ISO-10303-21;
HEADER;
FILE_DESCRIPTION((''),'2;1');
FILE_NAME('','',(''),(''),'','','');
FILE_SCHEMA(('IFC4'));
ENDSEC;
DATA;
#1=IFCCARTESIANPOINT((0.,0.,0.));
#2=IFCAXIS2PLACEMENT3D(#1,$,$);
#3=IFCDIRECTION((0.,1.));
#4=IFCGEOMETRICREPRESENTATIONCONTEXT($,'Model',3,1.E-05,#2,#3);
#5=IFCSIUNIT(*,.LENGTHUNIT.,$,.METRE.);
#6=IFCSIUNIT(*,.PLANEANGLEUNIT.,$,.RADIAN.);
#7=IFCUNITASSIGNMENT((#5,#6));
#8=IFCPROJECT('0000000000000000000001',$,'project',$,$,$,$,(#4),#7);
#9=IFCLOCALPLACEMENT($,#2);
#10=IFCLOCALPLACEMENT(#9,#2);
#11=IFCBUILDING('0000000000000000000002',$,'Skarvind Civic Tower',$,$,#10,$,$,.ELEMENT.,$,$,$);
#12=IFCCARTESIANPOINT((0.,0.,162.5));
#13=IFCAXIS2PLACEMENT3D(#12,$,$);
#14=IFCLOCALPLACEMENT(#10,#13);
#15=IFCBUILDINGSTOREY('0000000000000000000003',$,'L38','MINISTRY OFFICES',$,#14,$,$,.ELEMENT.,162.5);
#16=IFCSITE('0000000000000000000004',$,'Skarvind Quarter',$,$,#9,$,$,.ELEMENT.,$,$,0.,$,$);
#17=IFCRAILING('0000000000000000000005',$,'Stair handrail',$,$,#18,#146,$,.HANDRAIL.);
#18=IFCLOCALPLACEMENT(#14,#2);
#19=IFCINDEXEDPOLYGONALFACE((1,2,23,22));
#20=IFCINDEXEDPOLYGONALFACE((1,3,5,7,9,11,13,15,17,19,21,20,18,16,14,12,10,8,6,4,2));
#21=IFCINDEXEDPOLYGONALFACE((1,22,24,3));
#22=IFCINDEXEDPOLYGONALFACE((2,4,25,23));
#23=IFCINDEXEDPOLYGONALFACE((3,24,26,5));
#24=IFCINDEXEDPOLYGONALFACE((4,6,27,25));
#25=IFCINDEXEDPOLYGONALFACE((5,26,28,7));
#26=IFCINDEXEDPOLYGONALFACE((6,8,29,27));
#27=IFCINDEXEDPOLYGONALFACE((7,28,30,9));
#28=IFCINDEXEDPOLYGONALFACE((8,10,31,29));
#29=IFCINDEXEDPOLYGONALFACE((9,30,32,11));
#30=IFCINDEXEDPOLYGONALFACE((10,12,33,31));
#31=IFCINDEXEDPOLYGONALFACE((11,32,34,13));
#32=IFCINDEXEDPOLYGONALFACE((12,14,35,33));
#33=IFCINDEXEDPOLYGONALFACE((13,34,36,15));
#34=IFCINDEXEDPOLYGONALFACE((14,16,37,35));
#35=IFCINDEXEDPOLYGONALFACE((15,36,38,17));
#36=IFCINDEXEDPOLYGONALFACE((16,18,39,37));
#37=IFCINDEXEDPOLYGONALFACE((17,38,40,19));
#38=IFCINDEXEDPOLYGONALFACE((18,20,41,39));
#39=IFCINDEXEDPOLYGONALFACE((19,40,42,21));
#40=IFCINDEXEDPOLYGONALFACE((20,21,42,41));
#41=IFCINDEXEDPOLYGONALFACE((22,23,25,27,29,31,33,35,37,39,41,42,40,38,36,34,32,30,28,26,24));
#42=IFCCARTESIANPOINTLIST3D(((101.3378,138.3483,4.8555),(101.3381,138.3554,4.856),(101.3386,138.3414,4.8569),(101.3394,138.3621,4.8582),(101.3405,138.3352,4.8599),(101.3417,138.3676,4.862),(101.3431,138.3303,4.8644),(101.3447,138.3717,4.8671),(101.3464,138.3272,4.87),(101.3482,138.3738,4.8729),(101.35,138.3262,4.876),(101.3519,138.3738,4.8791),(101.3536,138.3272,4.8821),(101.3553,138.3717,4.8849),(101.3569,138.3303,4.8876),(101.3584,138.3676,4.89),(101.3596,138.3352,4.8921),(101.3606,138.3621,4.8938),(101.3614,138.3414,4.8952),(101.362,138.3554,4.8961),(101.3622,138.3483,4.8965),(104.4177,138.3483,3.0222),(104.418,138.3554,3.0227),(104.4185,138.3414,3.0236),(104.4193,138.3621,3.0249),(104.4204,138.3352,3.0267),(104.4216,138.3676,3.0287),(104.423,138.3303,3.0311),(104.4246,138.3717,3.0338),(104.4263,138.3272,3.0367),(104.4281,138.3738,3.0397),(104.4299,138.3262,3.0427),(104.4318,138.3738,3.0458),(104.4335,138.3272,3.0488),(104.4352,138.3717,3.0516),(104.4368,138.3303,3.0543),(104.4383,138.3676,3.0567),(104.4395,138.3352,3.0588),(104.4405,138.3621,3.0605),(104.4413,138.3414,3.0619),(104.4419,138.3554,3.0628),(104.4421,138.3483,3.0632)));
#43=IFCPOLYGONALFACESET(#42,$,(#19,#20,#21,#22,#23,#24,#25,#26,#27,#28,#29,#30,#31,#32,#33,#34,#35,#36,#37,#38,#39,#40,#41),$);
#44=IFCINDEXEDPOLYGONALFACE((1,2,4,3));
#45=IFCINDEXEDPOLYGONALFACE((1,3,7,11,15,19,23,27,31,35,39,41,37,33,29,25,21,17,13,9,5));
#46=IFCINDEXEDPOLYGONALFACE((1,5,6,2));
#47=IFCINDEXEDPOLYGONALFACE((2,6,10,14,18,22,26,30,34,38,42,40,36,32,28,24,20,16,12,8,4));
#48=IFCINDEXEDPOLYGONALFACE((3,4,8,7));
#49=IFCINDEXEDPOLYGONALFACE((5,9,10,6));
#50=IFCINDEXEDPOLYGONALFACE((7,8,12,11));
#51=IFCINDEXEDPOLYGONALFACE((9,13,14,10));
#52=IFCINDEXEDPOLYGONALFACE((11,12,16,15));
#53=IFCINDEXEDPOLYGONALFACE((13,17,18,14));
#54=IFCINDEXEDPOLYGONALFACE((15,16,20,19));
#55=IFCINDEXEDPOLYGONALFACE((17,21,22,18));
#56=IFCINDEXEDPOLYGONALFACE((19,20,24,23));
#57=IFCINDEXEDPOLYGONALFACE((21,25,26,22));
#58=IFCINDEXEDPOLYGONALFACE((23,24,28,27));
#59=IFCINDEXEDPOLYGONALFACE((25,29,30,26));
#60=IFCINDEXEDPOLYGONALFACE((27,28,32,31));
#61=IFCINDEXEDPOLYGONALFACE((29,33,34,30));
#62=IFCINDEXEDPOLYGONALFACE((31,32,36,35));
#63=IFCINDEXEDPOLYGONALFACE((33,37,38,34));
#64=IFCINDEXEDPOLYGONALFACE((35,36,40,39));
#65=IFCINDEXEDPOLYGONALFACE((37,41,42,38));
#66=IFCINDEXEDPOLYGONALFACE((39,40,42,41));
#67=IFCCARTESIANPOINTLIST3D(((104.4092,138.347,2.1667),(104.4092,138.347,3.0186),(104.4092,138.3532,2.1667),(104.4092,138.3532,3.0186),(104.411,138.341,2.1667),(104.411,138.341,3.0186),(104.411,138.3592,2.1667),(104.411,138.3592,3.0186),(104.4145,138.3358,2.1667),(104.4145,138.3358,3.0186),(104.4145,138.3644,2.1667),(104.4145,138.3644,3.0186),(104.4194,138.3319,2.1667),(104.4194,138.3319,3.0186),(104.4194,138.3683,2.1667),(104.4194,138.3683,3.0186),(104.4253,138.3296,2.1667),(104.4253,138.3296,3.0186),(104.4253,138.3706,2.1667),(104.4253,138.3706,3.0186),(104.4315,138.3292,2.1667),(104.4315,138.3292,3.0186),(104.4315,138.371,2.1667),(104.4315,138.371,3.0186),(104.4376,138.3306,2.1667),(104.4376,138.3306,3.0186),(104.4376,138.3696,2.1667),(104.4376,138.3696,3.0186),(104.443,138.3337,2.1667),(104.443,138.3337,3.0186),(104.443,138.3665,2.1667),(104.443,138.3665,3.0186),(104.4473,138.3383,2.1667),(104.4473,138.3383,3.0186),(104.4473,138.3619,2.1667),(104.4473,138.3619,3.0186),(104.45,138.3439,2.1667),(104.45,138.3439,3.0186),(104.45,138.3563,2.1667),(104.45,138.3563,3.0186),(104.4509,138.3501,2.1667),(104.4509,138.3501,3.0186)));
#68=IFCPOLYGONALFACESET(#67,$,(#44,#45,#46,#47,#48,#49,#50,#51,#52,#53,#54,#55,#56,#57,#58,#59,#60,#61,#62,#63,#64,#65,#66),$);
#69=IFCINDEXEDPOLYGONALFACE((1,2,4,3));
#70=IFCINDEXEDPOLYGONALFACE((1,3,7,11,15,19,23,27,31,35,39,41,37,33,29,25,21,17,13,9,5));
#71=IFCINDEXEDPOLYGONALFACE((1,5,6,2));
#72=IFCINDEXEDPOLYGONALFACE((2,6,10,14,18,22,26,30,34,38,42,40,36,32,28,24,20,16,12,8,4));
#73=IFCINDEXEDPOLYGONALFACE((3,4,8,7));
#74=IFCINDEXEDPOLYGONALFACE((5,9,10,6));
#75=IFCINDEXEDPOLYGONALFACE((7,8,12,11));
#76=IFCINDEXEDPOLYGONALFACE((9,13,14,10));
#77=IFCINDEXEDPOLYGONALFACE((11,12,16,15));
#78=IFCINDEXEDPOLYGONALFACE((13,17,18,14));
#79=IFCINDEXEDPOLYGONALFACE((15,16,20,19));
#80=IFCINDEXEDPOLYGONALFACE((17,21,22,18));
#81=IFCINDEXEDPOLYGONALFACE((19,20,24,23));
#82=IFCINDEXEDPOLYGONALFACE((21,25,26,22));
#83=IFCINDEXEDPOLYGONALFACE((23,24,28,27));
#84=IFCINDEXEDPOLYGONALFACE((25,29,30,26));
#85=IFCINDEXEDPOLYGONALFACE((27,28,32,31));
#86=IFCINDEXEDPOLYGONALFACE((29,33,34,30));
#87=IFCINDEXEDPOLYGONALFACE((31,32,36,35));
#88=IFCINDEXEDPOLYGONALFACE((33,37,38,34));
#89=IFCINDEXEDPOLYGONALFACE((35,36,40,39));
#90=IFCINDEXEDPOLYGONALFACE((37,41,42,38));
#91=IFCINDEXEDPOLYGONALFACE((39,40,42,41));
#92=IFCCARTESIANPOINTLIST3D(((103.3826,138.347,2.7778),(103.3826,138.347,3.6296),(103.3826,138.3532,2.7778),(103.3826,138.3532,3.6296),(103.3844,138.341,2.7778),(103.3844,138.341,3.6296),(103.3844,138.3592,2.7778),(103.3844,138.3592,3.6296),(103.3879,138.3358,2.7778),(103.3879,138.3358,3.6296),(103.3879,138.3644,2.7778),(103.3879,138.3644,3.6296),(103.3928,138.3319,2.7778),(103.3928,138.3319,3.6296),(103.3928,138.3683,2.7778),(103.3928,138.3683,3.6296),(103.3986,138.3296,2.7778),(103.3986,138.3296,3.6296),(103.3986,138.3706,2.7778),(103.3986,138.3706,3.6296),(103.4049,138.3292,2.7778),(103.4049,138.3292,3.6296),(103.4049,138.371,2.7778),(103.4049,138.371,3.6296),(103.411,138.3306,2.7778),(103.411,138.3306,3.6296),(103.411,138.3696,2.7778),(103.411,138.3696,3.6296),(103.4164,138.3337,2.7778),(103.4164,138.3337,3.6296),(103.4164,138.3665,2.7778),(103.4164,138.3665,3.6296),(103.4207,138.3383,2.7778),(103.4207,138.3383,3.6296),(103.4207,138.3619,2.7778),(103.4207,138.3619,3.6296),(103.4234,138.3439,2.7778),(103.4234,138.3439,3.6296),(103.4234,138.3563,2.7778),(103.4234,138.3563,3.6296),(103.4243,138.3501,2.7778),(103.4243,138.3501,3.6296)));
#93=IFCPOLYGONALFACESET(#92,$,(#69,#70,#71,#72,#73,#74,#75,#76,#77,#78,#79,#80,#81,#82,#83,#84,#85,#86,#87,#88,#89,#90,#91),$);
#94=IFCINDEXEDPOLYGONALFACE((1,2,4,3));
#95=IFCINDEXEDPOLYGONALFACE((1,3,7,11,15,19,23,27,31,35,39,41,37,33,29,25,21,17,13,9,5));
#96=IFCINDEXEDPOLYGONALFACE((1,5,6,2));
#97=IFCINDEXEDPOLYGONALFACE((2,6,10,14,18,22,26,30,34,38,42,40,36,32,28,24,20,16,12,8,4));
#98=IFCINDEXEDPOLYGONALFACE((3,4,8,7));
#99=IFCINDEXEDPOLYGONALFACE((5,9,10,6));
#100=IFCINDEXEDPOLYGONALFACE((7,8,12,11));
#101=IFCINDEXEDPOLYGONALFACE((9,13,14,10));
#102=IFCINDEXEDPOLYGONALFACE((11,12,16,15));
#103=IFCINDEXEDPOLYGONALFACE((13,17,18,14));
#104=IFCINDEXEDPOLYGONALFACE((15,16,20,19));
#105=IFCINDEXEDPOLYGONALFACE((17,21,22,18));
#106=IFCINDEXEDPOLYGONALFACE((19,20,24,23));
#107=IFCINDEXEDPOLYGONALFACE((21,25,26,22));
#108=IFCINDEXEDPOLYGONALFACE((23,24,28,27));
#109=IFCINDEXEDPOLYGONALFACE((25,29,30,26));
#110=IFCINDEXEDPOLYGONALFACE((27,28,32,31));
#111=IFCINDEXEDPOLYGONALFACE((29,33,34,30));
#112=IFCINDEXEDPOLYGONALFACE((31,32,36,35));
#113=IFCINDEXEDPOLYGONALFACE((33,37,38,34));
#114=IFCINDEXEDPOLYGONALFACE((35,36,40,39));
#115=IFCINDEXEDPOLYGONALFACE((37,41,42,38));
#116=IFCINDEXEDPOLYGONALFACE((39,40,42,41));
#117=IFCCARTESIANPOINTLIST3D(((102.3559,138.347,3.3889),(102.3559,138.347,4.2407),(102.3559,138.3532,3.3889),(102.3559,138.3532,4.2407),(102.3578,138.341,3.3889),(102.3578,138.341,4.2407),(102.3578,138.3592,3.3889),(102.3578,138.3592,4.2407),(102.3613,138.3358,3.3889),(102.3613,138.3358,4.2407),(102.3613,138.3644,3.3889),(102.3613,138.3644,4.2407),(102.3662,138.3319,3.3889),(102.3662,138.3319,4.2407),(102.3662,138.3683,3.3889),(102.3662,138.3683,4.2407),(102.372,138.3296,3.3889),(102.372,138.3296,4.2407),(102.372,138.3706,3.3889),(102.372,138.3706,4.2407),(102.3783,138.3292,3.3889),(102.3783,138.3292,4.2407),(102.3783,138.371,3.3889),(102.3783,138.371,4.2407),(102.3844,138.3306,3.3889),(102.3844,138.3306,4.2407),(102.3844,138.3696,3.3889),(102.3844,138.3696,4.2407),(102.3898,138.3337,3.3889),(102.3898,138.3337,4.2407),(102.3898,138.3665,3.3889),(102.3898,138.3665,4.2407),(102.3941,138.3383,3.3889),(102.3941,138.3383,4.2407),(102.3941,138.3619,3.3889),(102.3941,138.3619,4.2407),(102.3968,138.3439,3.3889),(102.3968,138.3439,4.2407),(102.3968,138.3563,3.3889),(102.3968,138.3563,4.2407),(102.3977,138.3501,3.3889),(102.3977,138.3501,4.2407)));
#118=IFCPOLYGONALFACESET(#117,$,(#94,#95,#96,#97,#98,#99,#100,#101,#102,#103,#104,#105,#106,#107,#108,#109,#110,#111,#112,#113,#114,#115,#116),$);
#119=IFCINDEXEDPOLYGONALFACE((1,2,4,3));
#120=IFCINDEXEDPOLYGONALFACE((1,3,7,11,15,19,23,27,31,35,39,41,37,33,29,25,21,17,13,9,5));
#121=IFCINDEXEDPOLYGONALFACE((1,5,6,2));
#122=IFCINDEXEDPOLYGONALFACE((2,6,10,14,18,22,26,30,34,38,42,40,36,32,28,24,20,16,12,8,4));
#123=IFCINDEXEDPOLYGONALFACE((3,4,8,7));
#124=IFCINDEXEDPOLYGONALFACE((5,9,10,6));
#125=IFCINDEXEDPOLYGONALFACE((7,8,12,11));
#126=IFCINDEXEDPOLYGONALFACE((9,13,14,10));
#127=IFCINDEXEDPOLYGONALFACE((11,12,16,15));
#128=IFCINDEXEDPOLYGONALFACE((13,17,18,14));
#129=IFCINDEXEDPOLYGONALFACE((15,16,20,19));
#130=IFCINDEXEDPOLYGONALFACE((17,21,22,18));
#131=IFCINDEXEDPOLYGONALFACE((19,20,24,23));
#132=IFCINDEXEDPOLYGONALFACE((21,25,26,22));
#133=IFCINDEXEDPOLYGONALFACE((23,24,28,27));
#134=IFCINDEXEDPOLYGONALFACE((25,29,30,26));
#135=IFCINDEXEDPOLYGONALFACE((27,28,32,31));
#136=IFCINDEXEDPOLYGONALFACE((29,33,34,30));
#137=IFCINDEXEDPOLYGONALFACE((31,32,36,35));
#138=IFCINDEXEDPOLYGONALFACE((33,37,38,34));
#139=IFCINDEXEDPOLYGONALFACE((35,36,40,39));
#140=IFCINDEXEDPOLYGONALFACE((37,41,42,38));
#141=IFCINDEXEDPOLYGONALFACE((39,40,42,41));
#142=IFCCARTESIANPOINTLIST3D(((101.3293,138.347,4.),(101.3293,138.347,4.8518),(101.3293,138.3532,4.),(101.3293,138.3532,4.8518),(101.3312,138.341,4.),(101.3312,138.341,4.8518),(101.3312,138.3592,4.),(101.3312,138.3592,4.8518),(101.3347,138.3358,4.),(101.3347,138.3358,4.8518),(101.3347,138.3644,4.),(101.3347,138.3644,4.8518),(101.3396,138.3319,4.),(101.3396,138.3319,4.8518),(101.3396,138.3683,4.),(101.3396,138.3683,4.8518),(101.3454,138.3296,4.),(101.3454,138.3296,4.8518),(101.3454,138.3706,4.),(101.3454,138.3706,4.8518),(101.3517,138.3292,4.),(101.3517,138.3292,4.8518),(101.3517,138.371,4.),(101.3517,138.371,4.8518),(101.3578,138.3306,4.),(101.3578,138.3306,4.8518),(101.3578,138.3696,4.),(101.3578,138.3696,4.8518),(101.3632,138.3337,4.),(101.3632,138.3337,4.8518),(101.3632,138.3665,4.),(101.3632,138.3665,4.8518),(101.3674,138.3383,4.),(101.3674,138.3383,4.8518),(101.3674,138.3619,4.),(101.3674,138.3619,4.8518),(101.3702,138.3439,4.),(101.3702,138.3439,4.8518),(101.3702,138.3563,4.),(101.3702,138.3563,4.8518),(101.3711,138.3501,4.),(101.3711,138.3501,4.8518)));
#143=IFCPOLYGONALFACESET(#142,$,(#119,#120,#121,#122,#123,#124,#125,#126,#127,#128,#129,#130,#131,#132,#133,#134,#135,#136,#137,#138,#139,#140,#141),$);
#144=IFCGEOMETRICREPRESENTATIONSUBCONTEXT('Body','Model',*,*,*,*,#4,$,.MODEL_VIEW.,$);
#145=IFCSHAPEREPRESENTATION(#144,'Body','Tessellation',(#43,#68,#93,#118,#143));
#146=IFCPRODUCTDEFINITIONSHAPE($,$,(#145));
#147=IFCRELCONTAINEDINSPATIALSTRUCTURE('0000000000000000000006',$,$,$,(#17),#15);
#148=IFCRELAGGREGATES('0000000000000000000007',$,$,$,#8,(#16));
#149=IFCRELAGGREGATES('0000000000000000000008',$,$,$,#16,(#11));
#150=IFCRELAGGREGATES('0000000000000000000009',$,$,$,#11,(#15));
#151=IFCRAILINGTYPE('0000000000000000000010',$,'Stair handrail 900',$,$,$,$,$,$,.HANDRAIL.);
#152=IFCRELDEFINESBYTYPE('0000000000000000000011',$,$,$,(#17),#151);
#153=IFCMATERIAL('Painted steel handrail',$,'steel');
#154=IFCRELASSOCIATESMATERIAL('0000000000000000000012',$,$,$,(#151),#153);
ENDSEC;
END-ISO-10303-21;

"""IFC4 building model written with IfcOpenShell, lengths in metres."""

from ifc_helpers import new_model, si_unit, direction, frame, origin, origin_2d, place, context, subcontext, project, spatial, circle, extrude, material, type_object, element, save


model = new_model("IFC4")

# Units and contexts
model_context = context("Model", 3, precision=1e-05, world=origin(), true_north=direction((0.0, 1.0)))
body_context = subcontext(model_context, "Body", "Model", "MODEL_VIEW")
ifc_project = project(units=[si_unit("LENGTHUNIT", "METRE"), si_unit("PLANEANGLEUNIT", "RADIAN")], contexts=[model_context])

# Site, building, storey
site_placement = place(None, origin())
site = spatial("IfcSite", under=ifc_project, at=site_placement, Name="Skarvind Quarter", CompositionType="ELEMENT", RefElevation=0.0)
building_placement = place(site_placement, origin())
building = spatial("IfcBuilding", under=site, at=building_placement, Name="Skarvind Civic Tower", CompositionType="ELEMENT")
storey_placement = place(building_placement, frame((0.0, 0.0, 162.5)))
storey = spatial("IfcBuildingStorey", under=building, at=storey_placement, Name="L38", Description="MINISTRY OFFICES", CompositionType="ELEMENT", Elevation=162.5)

# Railing
ifc_material_1 = material(Name="Painted steel handrail", Category="steel")
railing_type = type_object("IfcRailingType", Name="Stair handrail 900", PredefinedType="HANDRAIL", material=ifc_material_1)
railing_1_placement = place(storey_placement, frame((104.4299, 138.3501, 2.1667)))
element("IfcRailing", 1, at=railing_1_placement, inside=storey, type_object=railing_type, Name="Stair handrail", PredefinedType="HANDRAIL", context=body_context, shape_type="SweptSolid", body=[
    extrude(circle(Radius=0.0239, at=origin_2d()), frame((0.0, 0.0, 0.876), z_axis=(-0.859291, 0.0, 0.511487), x_axis=(0.0, -1.0, 0.0)), (0.0, 0.0, 1.0), 3.5842),
    extrude(circle(Radius=0.021, at=origin_2d()), origin(), (0.0, 0.0, 1.0), 0.8518),
    extrude(circle(Radius=0.021, at=origin_2d()), frame((-1.0266, 0.0, 0.6111)), (0.0, 0.0, 1.0), 0.8518),
    extrude(circle(Radius=0.021, at=origin_2d()), frame((-2.0532, 0.0, 1.2222)), (0.0, 0.0, 1.0), 0.8518),
    extrude(circle(Radius=0.021, at=origin_2d()), frame((-3.0798, 0.0, 1.8333)), (0.0, 0.0, 1.0), 0.8518),
])

save(model, "model.ifc")
